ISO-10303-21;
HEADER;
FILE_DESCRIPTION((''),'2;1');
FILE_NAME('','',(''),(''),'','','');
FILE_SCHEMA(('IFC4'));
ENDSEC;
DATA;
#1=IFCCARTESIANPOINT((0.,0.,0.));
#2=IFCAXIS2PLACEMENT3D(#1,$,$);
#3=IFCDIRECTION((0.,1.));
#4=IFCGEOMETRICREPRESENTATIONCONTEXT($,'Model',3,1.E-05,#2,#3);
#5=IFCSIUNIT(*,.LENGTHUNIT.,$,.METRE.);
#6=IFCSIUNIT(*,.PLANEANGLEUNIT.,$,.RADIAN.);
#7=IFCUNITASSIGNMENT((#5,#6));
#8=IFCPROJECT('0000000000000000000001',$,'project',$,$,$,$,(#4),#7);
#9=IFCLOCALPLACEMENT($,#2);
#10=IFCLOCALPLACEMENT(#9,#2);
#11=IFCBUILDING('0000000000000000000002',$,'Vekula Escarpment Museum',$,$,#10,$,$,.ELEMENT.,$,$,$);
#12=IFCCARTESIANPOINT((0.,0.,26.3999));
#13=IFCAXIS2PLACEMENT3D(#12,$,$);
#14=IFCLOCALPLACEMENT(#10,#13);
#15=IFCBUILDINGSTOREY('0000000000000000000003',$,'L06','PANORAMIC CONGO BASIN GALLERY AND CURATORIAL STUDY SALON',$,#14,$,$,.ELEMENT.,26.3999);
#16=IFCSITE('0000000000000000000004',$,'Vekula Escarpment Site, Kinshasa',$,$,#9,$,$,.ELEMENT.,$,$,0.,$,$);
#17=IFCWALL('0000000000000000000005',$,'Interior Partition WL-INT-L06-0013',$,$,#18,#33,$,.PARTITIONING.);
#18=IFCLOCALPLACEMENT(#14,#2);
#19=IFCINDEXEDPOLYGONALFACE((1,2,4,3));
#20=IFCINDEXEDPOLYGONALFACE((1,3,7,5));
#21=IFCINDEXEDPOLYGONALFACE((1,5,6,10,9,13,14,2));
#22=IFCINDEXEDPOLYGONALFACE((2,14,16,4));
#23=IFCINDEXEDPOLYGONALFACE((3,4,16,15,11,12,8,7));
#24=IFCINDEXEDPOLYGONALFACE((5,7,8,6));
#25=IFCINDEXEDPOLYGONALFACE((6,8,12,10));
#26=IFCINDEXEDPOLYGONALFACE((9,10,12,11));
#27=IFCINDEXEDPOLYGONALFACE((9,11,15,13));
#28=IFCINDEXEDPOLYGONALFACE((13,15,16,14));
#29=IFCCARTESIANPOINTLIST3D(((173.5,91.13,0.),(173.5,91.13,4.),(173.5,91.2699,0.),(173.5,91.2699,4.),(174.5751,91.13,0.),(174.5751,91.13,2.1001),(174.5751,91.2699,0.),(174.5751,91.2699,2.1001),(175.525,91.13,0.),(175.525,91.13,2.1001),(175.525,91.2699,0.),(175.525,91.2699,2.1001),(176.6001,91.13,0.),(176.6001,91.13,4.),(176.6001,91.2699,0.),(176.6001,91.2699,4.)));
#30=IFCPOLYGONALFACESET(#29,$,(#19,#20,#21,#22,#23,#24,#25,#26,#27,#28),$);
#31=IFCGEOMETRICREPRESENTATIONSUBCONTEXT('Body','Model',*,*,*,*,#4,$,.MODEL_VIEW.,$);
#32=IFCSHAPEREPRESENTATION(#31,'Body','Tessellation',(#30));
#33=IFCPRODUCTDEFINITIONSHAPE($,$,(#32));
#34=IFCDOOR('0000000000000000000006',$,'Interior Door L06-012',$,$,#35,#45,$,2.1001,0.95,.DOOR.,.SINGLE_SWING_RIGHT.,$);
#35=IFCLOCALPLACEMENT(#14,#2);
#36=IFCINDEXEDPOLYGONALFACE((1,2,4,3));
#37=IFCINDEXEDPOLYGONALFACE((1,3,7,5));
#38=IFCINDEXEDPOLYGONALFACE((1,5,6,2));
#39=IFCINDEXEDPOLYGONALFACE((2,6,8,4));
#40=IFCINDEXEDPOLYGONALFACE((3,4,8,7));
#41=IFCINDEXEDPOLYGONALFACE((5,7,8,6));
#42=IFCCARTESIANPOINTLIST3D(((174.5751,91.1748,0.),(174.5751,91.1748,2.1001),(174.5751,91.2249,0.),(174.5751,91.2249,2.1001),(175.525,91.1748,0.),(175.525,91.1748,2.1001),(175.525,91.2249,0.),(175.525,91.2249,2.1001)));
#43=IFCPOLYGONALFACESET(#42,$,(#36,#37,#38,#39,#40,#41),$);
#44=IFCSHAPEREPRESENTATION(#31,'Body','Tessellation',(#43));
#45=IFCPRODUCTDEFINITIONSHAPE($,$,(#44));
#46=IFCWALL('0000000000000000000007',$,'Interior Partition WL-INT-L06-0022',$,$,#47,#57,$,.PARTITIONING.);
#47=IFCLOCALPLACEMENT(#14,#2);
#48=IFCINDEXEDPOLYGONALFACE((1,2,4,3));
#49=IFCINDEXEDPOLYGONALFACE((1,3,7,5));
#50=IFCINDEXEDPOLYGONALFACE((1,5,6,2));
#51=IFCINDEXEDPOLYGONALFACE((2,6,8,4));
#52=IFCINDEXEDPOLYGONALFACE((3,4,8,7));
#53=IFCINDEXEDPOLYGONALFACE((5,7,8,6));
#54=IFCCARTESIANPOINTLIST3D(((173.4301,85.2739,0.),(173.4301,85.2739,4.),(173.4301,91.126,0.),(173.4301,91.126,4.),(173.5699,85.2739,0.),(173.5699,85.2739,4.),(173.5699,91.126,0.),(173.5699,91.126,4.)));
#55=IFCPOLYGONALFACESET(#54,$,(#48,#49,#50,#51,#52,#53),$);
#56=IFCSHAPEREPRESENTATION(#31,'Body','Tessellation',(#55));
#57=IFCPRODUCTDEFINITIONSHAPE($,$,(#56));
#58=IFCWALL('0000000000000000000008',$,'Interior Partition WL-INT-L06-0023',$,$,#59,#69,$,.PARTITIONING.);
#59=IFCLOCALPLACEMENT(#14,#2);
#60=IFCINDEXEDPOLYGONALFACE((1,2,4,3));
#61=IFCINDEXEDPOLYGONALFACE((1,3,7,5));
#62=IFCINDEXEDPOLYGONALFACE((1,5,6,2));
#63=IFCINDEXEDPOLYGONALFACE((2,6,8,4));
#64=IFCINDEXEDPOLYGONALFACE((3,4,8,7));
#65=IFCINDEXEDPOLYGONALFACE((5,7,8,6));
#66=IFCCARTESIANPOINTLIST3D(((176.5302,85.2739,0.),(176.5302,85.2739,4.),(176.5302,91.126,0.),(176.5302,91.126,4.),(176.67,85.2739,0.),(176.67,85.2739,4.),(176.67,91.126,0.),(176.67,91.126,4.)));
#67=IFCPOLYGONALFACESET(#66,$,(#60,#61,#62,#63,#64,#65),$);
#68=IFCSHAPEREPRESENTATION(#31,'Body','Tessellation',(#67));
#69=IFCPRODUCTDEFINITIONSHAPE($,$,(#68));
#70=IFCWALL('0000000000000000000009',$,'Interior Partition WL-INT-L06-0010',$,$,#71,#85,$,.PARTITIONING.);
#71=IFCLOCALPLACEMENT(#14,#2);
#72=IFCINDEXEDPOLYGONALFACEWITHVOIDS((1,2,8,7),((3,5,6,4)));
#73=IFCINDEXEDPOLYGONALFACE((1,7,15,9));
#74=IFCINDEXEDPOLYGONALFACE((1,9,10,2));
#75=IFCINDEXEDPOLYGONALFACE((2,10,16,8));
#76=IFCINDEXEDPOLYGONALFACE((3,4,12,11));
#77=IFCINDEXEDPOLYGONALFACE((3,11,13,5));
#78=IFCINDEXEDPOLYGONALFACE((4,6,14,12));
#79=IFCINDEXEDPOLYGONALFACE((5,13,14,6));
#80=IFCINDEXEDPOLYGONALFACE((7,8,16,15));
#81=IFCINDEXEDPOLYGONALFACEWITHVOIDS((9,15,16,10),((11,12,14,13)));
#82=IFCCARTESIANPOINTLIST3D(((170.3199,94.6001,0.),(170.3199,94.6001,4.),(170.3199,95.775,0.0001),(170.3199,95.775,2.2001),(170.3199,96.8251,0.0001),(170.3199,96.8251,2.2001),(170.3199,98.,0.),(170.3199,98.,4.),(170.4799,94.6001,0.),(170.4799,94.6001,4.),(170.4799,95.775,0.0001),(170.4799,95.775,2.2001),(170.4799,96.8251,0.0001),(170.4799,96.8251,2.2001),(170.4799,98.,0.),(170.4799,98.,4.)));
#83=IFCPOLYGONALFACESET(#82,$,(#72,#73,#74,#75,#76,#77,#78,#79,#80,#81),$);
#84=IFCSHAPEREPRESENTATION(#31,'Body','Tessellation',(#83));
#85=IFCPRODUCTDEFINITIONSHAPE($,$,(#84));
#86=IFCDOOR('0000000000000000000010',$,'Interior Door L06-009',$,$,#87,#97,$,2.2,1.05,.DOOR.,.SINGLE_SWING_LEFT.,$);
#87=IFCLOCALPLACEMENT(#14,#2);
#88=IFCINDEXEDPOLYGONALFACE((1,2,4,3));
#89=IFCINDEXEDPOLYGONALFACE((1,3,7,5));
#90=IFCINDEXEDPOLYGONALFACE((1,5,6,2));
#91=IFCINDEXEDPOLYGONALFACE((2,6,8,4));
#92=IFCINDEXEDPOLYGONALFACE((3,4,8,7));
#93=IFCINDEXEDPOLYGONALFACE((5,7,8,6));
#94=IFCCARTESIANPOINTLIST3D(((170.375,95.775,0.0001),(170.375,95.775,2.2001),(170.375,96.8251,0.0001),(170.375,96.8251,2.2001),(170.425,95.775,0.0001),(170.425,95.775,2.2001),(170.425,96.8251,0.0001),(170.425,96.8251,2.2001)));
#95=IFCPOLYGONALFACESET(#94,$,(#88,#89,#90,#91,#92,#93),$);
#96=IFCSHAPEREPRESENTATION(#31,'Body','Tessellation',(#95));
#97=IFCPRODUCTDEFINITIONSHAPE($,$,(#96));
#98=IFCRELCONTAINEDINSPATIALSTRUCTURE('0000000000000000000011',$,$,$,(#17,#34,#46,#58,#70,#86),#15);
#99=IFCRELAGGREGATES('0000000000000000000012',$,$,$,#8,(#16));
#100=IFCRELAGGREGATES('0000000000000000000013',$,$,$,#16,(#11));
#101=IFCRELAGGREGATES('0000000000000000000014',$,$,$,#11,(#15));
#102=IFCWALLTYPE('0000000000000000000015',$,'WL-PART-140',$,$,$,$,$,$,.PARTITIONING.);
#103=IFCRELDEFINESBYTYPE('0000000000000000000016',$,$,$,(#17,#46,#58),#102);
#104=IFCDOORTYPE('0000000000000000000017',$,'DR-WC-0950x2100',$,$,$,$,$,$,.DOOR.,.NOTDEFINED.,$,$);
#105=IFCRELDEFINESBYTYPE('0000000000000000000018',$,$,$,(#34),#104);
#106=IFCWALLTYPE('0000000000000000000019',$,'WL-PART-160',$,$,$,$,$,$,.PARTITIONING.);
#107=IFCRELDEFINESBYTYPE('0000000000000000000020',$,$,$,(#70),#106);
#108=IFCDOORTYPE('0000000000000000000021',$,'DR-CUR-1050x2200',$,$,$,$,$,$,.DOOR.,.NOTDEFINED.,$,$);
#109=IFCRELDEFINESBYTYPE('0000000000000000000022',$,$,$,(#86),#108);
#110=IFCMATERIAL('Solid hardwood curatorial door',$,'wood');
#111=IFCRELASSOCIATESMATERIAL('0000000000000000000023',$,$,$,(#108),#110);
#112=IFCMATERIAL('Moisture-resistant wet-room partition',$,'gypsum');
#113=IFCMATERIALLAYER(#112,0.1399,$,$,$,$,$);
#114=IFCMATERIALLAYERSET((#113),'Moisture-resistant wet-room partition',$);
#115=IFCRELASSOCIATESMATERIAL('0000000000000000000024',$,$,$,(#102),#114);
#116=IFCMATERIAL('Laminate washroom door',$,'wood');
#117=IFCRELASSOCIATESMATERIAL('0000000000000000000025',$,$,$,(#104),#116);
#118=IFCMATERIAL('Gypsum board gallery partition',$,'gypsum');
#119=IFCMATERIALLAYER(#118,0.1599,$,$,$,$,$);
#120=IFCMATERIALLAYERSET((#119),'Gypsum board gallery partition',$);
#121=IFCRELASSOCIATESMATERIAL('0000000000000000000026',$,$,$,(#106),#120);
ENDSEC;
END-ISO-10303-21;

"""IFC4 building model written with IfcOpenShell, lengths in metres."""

from ifc_helpers import new_model, si_unit, direction, frame, frame_2d, origin, place, context, subcontext, project, spatial, rectangle, extrude, material, layer, layer_set, type_object, element, fill, save


model = new_model("IFC4")

# Units and contexts
model_context = context("Model", 3, precision=1e-05, world=origin(), true_north=direction((0.0, 1.0)))
body_context = subcontext(model_context, "Body", "Model", "MODEL_VIEW")
ifc_project = project(units=[si_unit("LENGTHUNIT", "METRE"), si_unit("PLANEANGLEUNIT", "RADIAN")], contexts=[model_context])

# Site, building, storey
site_placement = place(None, origin())
site = spatial("IfcSite", under=ifc_project, at=site_placement, Name="Vekula Escarpment Site, Kinshasa", CompositionType="ELEMENT", RefElevation=0.0)
building_placement = place(site_placement, origin())
building = spatial("IfcBuilding", under=site, at=building_placement, Name="Vekula Escarpment Museum", CompositionType="ELEMENT")
storey_placement = place(building_placement, frame((0.0, 0.0, 26.3999)))
storey = spatial("IfcBuildingStorey", under=building, at=storey_placement, Name="L06", Description="PANORAMIC CONGO BASIN GALLERY AND CURATORIAL STUDY SALON", CompositionType="ELEMENT", Elevation=26.3999)

# Wall, opening, door
ifc_material_1 = material(Name="Solid hardwood curatorial door", Category="wood")
door_type_1 = type_object("IfcDoorType", Name="DR-CUR-1050x2200", OperationType="NOTDEFINED", PredefinedType="DOOR", material=ifc_material_1)
ifc_material_2 = material(Name="Moisture-resistant wet-room partition", Category="gypsum")
ifc_layer_1 = layer(ifc_material_2, 0.1399)
ifc_layer_set_1 = layer_set([ifc_layer_1], Name="Moisture-resistant wet-room partition")
wall_type_1 = type_object("IfcWallType", Name="WL-PART-140", PredefinedType="PARTITIONING", material=ifc_layer_set_1)
ifc_material_3 = material(Name="Laminate washroom door", Category="wood")
door_type_2 = type_object("IfcDoorType", Name="DR-WC-0950x2100", OperationType="NOTDEFINED", PredefinedType="DOOR", material=ifc_material_3)
wall_1_placement = place(storey_placement, frame((173.5, 91.2, 0.0), z_axis=(0.0, 0.0, 1.0), x_axis=(1.0, 0.0, 0.0)))
wall_1 = element("IfcWall", 1, at=wall_1_placement, inside=storey, type_object=wall_type_1, Name="Interior Partition WL-INT-L06-0013", PredefinedType="PARTITIONING", context=body_context, shape_type="SweptSolid", body=[
    extrude(rectangle(XDim=3.1001, YDim=0.1399, at=frame_2d((1.55, 0.0))), origin(), (0.0, 0.0, 1.0), 4.0),
])
opening_1_placement = place(wall_1_placement, frame((1.075, 0.0, 0.0)))
opening_1 = element("IfcOpeningElement", 2, at=opening_1_placement, cuts=wall_1, PredefinedType="OPENING", context=body_context, shape_type="SweptSolid", body=[
    extrude(rectangle(XDim=0.95, YDim=2.1001, at=frame_2d((0.4751, 1.05))), frame((0.0, 0.0798, 0.0), z_axis=(0.0, -1.0, 0.0), x_axis=(1.0, 0.0, 0.0)), (0.0, 0.0, 1.0), 0.1599),
])
door_1_placement = place(opening_1_placement, origin())
door_1 = element("IfcDoor", 3, at=door_1_placement, inside=storey, type_object=door_type_2, Name="Interior Door L06-012", OperationType="SINGLE_SWING_RIGHT", OverallHeight=2.1001, OverallWidth=0.95, PredefinedType="DOOR", context=body_context, shape_type="SweptSolid", body=[
    extrude(rectangle(XDim=0.95, YDim=2.1001, at=frame_2d((0.4751, 1.05))), frame((0.0, 0.0249, 0.0), z_axis=(0.0, -1.0, 0.0), x_axis=(1.0, 0.0, 0.0)), (0.0, 0.0, 1.0), 0.05),
])
fill(opening_1, door_1)

# Walls
for number, where, z_axis, x_axis, name in (
    (4, (173.5, 85.2739, 0.0), (0.0, 0.0, 1.0), (0.0, 1.0, 0.0), "Interior Partition WL-INT-L06-0022"),
    (5, (176.6001, 85.2739, 0.0), (0.0, 0.0, 1.0), (0.0, 1.0, 0.0), "Interior Partition WL-INT-L06-0023"),
):
    element("IfcWall", number, at=place(storey_placement, frame(where, z_axis=z_axis, x_axis=x_axis)), inside=storey, type_object=wall_type_1, Name=name, PredefinedType="PARTITIONING", context=body_context, shape_type="SweptSolid", body=[
        extrude(rectangle(XDim=5.8521, YDim=0.1399, at=frame_2d((2.926, 0.0))), origin(), (0.0, 0.0, 1.0), 4.0),
    ])

# Wall, opening, door
ifc_material_4 = material(Name="Gypsum board gallery partition", Category="gypsum")
ifc_layer_2 = layer(ifc_material_4, 0.1599)
ifc_layer_set_2 = layer_set([ifc_layer_2], Name="Gypsum board gallery partition")
wall_type_2 = type_object("IfcWallType", Name="WL-PART-160", PredefinedType="PARTITIONING", material=ifc_layer_set_2)
wall_2_placement = place(storey_placement, frame((170.3999, 94.6001, 0.0), z_axis=(0.0, 0.0, 1.0), x_axis=(0.0, 1.0, 0.0)))
wall_2 = element("IfcWall", 6, at=wall_2_placement, inside=storey, type_object=wall_type_2, Name="Interior Partition WL-INT-L06-0010", PredefinedType="PARTITIONING", context=body_context, shape_type="SweptSolid", body=[
    extrude(rectangle(XDim=3.3999, YDim=0.1599, at=frame_2d((1.7, 0.0))), origin(), (0.0, 0.0, 1.0), 4.0),
])
opening_2_placement = place(wall_2_placement, frame((1.175, 0.0, 0.0)))
opening_2 = element("IfcOpeningElement", 7, at=opening_2_placement, cuts=wall_2, PredefinedType="OPENING", context=body_context, shape_type="SweptSolid", body=[
    extrude(rectangle(XDim=1.05, YDim=2.2, at=frame_2d((0.5249, 1.1001))), frame((0.0, 0.0898, 0.0), z_axis=(0.0, -1.0, 0.0), x_axis=(1.0, 0.0, 0.0)), (0.0, 0.0, 1.0), 0.1799),
])
door_2_placement = place(opening_2_placement, origin())
door_2 = element("IfcDoor", 8, at=door_2_placement, inside=storey, type_object=door_type_1, Name="Interior Door L06-009", OperationType="SINGLE_SWING_LEFT", OverallHeight=2.2, OverallWidth=1.05, PredefinedType="DOOR", context=body_context, shape_type="SweptSolid", body=[
    extrude(rectangle(XDim=1.05, YDim=2.2, at=frame_2d((0.5249, 1.1001))), frame((0.0, 0.0249, 0.0), z_axis=(0.0, -1.0, 0.0), x_axis=(1.0, 0.0, 0.0)), (0.0, 0.0, 1.0), 0.05),
])
fill(opening_2, door_2)

save(model, "model.ifc")
